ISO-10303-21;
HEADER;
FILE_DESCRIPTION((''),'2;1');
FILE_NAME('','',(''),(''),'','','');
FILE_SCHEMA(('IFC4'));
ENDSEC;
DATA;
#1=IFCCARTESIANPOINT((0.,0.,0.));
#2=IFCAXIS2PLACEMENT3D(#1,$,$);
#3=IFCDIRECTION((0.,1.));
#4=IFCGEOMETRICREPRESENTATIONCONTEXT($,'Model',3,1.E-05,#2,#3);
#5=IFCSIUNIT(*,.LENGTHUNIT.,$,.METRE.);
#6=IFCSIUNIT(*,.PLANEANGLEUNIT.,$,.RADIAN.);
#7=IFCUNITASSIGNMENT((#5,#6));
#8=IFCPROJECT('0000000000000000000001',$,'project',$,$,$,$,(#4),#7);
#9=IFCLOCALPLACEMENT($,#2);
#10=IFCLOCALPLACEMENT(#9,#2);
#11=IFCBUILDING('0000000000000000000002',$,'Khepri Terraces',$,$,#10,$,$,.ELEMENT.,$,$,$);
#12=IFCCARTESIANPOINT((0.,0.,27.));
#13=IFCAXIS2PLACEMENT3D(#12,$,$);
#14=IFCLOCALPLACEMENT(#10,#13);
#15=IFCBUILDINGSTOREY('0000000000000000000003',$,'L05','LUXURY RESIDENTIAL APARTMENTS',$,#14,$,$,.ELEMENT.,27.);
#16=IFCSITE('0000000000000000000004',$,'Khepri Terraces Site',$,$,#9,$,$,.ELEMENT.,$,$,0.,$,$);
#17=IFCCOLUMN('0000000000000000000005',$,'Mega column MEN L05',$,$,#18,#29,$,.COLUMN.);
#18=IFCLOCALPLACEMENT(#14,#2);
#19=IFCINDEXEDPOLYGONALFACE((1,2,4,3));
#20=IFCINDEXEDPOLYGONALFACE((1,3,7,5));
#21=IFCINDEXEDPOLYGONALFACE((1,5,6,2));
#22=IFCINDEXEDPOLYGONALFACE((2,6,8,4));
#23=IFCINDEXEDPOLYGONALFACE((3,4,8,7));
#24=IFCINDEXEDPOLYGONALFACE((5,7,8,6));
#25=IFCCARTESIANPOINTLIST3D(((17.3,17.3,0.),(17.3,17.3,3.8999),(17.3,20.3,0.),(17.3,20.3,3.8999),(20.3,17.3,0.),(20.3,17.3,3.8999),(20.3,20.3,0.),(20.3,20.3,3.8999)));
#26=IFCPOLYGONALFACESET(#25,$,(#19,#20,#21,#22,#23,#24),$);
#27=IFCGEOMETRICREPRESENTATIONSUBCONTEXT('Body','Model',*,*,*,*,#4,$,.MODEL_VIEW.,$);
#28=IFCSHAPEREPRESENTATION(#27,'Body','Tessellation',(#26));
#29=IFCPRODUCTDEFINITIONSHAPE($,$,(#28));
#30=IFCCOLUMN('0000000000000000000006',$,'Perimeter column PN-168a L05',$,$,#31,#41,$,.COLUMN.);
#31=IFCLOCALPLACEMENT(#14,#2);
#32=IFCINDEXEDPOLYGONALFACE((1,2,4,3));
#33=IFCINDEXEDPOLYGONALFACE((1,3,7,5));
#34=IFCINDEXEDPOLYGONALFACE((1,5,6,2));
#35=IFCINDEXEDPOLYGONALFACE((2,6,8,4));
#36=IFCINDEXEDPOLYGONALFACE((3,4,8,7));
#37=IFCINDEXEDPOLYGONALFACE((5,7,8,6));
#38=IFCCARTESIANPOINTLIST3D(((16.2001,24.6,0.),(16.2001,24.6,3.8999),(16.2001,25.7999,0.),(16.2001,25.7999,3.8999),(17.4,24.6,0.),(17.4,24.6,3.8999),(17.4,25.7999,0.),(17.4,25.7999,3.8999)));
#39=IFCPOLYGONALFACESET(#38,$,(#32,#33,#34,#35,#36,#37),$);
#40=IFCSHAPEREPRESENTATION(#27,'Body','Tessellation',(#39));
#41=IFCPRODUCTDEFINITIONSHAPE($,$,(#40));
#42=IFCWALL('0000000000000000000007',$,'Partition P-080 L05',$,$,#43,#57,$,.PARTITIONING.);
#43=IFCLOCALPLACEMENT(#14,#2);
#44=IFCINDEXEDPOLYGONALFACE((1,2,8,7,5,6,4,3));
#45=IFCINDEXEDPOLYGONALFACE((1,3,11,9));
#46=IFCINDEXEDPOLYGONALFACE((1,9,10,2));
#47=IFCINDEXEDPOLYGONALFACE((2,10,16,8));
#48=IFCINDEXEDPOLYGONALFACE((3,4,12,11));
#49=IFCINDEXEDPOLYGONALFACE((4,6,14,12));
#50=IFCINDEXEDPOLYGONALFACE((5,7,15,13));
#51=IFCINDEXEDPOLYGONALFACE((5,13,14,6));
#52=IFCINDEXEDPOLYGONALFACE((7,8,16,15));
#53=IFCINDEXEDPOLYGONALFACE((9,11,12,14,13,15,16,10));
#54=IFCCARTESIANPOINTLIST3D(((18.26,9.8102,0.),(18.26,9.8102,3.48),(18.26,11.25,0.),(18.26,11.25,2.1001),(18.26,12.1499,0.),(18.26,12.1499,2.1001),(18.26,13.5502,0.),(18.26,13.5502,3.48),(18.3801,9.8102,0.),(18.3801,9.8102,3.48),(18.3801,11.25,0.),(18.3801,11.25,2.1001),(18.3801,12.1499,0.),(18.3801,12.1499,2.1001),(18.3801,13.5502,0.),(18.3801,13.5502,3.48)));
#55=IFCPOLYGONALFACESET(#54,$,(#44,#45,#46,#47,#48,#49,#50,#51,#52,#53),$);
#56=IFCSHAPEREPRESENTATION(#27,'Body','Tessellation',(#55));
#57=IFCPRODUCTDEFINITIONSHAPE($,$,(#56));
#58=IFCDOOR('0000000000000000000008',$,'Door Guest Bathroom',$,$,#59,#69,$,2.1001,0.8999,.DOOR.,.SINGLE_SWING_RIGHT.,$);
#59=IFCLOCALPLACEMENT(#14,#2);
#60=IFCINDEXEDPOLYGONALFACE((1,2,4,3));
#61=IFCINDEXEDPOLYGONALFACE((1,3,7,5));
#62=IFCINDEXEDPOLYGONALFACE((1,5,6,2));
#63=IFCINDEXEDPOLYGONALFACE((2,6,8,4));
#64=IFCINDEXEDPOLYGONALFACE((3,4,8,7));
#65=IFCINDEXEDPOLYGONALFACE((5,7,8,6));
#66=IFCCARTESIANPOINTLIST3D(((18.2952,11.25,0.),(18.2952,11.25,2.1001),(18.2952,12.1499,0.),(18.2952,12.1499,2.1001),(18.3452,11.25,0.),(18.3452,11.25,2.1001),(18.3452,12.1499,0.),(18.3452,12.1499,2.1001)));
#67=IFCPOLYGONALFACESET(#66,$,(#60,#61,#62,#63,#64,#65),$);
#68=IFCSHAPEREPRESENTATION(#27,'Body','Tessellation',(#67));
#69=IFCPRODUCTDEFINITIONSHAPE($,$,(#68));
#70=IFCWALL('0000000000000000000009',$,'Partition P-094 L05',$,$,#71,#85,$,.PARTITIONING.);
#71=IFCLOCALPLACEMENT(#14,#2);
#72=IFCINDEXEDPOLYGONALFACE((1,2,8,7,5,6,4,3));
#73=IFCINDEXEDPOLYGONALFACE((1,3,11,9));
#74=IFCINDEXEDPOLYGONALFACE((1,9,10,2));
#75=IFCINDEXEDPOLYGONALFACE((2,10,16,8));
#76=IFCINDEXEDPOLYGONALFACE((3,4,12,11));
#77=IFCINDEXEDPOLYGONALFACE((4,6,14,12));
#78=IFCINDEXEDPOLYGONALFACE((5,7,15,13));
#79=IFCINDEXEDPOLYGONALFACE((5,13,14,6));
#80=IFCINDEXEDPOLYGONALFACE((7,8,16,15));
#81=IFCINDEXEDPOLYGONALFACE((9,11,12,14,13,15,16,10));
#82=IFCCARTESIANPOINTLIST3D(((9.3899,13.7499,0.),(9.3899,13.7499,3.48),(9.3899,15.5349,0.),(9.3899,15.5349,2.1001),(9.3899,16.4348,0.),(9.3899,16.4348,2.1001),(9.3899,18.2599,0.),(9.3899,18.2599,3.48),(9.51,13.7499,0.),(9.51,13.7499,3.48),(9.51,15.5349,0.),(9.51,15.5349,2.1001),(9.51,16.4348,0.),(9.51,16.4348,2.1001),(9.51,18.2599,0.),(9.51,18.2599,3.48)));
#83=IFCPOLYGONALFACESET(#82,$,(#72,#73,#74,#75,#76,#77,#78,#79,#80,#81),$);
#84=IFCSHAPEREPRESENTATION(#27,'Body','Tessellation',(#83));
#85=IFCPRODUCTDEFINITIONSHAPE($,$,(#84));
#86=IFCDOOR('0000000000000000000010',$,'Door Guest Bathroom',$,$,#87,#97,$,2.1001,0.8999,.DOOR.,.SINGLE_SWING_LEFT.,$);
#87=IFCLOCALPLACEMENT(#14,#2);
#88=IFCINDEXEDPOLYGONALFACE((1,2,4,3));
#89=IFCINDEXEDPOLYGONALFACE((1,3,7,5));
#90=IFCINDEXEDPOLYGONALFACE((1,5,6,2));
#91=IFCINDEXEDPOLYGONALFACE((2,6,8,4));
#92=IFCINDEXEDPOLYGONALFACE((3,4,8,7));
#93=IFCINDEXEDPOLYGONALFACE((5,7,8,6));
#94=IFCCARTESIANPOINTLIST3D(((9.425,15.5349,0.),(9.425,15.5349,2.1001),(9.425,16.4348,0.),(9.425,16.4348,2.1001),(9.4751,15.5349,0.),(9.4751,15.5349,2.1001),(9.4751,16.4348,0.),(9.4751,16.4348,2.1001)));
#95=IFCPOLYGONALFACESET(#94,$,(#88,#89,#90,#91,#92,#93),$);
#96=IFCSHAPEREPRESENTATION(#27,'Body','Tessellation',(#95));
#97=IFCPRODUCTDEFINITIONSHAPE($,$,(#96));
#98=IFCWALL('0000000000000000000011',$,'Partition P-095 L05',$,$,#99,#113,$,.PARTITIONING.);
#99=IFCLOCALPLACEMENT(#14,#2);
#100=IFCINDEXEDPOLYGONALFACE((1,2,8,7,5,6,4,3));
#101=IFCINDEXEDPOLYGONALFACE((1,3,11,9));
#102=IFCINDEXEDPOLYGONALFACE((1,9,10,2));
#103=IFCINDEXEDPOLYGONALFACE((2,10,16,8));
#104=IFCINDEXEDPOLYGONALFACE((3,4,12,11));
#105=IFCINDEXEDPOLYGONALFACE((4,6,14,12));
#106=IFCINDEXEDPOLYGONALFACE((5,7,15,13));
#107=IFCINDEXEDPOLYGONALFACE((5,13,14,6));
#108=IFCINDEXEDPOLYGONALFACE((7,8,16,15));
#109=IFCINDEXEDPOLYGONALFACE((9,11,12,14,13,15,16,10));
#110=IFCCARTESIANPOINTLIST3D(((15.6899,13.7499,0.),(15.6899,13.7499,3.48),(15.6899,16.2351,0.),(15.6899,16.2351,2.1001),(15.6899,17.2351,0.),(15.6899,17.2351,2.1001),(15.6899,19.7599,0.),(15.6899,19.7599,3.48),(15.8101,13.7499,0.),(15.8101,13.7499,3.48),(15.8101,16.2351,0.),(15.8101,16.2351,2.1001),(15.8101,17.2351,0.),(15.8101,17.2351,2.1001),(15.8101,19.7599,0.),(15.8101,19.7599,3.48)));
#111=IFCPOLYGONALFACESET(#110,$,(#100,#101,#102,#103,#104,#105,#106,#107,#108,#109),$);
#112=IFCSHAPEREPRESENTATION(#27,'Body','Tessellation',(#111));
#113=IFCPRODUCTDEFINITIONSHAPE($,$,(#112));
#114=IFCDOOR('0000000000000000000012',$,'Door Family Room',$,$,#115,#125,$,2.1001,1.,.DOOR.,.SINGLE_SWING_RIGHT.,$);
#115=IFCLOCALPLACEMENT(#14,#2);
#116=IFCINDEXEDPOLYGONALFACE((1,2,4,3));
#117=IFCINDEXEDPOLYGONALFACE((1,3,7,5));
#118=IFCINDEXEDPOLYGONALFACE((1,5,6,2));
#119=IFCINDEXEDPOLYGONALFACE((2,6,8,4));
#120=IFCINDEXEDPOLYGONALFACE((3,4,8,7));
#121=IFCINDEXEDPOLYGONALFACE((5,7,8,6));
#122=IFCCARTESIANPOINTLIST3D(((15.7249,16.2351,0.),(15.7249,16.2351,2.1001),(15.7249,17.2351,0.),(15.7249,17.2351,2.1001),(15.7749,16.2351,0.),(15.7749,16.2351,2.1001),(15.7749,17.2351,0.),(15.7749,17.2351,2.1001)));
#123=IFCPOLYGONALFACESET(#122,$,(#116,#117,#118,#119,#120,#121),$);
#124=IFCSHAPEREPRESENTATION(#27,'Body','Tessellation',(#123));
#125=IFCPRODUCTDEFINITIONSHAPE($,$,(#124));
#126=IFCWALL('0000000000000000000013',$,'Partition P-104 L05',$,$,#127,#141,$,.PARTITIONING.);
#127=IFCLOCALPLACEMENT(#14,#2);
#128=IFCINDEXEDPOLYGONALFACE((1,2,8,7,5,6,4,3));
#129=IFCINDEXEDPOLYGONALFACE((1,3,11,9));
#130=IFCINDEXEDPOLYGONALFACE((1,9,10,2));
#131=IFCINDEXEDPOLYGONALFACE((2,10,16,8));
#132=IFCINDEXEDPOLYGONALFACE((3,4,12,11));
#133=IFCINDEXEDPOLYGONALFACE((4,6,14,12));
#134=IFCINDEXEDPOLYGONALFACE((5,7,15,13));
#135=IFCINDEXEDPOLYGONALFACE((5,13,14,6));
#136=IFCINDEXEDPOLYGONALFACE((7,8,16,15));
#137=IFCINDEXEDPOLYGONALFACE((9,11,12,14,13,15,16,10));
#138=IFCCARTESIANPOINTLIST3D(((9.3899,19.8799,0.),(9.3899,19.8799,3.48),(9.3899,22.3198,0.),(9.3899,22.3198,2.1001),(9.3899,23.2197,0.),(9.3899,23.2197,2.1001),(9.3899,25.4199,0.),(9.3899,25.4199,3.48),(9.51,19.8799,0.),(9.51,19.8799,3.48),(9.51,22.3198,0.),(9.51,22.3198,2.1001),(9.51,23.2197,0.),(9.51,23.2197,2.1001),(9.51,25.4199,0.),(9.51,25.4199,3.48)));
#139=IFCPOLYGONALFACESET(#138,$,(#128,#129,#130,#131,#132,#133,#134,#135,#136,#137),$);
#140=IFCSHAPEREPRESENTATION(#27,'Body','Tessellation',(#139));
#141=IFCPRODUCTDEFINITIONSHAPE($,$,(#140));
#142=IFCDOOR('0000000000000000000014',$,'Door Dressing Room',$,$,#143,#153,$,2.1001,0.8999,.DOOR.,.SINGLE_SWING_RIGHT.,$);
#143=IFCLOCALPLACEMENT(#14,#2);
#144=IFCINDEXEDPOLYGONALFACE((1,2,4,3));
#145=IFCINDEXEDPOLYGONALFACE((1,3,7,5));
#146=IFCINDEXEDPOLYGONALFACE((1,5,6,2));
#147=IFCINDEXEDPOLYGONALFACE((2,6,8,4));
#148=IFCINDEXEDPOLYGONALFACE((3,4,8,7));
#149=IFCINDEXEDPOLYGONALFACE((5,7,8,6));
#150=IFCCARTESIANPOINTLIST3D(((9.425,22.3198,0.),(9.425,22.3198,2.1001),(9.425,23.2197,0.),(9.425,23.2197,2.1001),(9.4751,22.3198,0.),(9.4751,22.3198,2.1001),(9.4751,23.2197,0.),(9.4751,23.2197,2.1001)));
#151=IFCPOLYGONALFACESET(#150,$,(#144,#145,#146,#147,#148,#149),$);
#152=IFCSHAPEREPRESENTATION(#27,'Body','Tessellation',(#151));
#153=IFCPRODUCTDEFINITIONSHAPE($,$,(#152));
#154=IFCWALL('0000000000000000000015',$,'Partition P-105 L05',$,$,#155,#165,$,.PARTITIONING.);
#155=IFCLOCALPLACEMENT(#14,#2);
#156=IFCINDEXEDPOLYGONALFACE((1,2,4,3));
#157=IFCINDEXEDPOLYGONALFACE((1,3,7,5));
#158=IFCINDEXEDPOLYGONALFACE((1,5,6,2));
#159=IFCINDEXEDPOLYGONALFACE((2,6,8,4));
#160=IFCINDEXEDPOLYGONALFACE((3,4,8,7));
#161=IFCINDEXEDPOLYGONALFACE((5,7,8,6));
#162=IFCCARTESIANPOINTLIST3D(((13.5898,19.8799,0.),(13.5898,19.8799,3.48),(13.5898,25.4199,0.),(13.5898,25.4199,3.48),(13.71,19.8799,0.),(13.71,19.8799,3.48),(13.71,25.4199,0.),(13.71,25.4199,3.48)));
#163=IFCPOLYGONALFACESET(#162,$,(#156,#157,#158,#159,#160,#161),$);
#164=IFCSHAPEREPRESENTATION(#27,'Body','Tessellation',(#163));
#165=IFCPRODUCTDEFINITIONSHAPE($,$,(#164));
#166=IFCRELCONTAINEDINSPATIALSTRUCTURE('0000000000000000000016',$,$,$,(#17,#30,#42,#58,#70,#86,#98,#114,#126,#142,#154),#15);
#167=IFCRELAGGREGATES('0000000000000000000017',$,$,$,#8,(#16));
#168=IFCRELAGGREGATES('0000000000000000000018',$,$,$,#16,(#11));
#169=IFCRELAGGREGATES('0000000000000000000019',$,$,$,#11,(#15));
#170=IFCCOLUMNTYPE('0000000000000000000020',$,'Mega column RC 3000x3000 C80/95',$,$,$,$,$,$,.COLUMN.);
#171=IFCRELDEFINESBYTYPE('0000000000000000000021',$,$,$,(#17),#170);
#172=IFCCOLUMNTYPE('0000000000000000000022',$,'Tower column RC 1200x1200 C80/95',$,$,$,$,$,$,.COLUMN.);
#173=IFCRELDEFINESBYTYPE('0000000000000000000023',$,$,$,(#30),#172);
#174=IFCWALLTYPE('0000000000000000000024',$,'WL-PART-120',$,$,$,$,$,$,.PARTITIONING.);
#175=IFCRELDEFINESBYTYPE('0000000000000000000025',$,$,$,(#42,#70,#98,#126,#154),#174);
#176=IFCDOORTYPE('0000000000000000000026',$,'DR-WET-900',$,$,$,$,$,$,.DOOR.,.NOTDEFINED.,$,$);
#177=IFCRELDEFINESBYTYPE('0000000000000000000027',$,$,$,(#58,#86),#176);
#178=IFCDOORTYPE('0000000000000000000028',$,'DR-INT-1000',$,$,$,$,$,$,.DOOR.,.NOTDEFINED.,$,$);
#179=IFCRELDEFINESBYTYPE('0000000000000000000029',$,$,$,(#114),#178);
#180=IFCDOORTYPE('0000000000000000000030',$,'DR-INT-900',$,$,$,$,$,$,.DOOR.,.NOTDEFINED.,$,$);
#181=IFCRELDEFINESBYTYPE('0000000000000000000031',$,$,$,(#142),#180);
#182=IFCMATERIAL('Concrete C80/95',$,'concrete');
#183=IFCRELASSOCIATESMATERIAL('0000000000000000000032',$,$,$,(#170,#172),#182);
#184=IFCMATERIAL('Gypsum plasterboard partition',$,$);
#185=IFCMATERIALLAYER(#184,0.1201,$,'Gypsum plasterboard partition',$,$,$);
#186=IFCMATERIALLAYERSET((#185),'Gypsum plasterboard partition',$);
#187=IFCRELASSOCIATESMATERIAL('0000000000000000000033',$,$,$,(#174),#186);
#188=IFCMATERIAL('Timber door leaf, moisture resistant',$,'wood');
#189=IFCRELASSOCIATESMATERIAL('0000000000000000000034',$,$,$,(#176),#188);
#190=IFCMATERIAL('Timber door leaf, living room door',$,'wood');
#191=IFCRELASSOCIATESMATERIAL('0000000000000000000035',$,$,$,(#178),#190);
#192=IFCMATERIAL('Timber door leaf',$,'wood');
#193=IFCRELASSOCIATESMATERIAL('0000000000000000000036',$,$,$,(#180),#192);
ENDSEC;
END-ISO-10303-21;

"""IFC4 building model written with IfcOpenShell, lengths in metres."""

from ifc_helpers import new_model, si_unit, direction, frame, frame_2d, origin, origin_2d, place, context, subcontext, project, spatial, rectangle, extrude, material, layer, layer_set, material_profile, profile_set, type_object, element, fill, save


model = new_model("IFC4")

# Units and contexts
model_context = context("Model", 3, precision=1e-05, world=origin(), true_north=direction((0.0, 1.0)))
body_context = subcontext(model_context, "Body", "Model", "MODEL_VIEW")
ifc_project = project(units=[si_unit("LENGTHUNIT", "METRE"), si_unit("PLANEANGLEUNIT", "RADIAN")], contexts=[model_context])

# Site, building, storey
site_placement = place(None, origin())
site = spatial("IfcSite", under=ifc_project, at=site_placement, Name="Khepri Terraces Site", CompositionType="ELEMENT", RefElevation=0.0)
building_placement = place(site_placement, origin())
building = spatial("IfcBuilding", under=site, at=building_placement, Name="Khepri Terraces", CompositionType="ELEMENT")
storey_placement = place(building_placement, frame((0.0, 0.0, 27.0)))
storey = spatial("IfcBuildingStorey", under=building, at=storey_placement, Name="L05", Description="LUXURY RESIDENTIAL APARTMENTS", CompositionType="ELEMENT", Elevation=27.0)

# Columns
ifc_material_1 = material(Name="Concrete C80/95", Category="concrete")
ifc_material_profile_1 = material_profile(ifc_material_1, rectangle(XDim=3.0, YDim=3.0, at=origin_2d()), Name="Concrete C80/95", Category="concrete")
ifc_profile_set_1 = profile_set([ifc_material_profile_1], Name="Concrete C80/95")
column_type_1 = type_object("IfcColumnType", Name="Mega column RC 3000x3000 C80/95", PredefinedType="COLUMN", material=ifc_profile_set_1)
column_1_placement = place(storey_placement, frame((18.8, 18.8, 0.0), z_axis=(0.0, 0.0, 1.0), x_axis=(1.0, 0.0, 0.0)))
element("IfcColumn", 1, at=column_1_placement, inside=storey, type_object=column_type_1, Name="Mega column MEN L05", PredefinedType="COLUMN", context=body_context, shape_type="SweptSolid", body=[
    extrude(rectangle(XDim=3.0, YDim=3.0, at=origin_2d()), origin(), (0.0, 0.0, 1.0), 3.8999),
])
ifc_material_profile_2 = material_profile(ifc_material_1, rectangle(XDim=1.2, YDim=1.2, at=origin_2d()), Name="Concrete C80/95", Category="concrete")
ifc_profile_set_2 = profile_set([ifc_material_profile_2], Name="Concrete C80/95")
column_type_2 = type_object("IfcColumnType", Name="Tower column RC 1200x1200 C80/95", PredefinedType="COLUMN", material=ifc_profile_set_2)
column_2_placement = place(storey_placement, frame((16.8, 25.2, 0.0), z_axis=(0.0, 0.0, 1.0), x_axis=(1.0, 0.0, 0.0)))
element("IfcColumn", 2, at=column_2_placement, inside=storey, type_object=column_type_2, Name="Perimeter column PN-168a L05", PredefinedType="COLUMN", context=body_context, shape_type="SweptSolid", body=[
    extrude(rectangle(XDim=1.2, YDim=1.2, at=origin_2d()), origin(), (0.0, 0.0, 1.0), 3.8999),
])

# Walls, openings, doors
ifc_material_2 = material(Name="Gypsum plasterboard partition")
ifc_layer_1 = layer(ifc_material_2, 0.1201, Name="Gypsum plasterboard partition")
ifc_layer_set_1 = layer_set([ifc_layer_1], Name="Gypsum plasterboard partition")
wall_type_1 = type_object("IfcWallType", Name="WL-PART-120", PredefinedType="PARTITIONING", material=ifc_layer_set_1)
wall_1_placement = place(storey_placement, frame((18.3201, 9.8101, 0.0), z_axis=(0.0, 0.0, 1.0), x_axis=(0.0, 1.0, 0.0)))
wall_1 = element("IfcWall", 3, at=wall_1_placement, inside=storey, type_object=wall_type_1, Name="Partition P-080 L05", PredefinedType="PARTITIONING", context=body_context, shape_type="SweptSolid", body=[
    extrude(rectangle(XDim=3.74, YDim=0.1201, at=frame_2d((1.8701, 0.0))), origin(), (0.0, 0.0, 1.0), 3.48),
])
opening_1_placement = place(wall_1_placement, frame((1.4399, 0.0, 0.0)))
opening_1 = element("IfcOpeningElement", 4, at=opening_1_placement, cuts=wall_1, PredefinedType="OPENING", context=body_context, shape_type="SweptSolid", body=[
    extrude(rectangle(XDim=0.8999, YDim=2.1001, at=frame_2d((0.45, 1.05))), frame((0.0, 0.0701, 0.0), z_axis=(0.0, -1.0, 0.0), x_axis=(1.0, 0.0, 0.0)), (0.0, 0.0, 1.0), 0.1401),
])
ifc_material_3 = material(Name="Timber door leaf, moisture resistant", Category="wood")
door_type_1 = type_object("IfcDoorType", Name="DR-WET-900", OperationType="NOTDEFINED", PredefinedType="DOOR", material=ifc_material_3)
door_1_placement = place(opening_1_placement, origin())
door_1 = element("IfcDoor", 5, at=door_1_placement, inside=storey, type_object=door_type_1, Name="Door Guest Bathroom", OperationType="SINGLE_SWING_RIGHT", OverallHeight=2.1001, OverallWidth=0.8999, PredefinedType="DOOR", context=body_context, shape_type="SweptSolid", body=[
    extrude(rectangle(XDim=0.8999, YDim=2.1001, at=frame_2d((0.45, 1.05))), frame((0.0, 0.0249, 0.0), z_axis=(0.0, -1.0, 0.0), x_axis=(1.0, 0.0, 0.0)), (0.0, 0.0, 1.0), 0.05),
])
fill(opening_1, door_1)
wall_2_placement = place(storey_placement, frame((9.45, 13.75, 0.0), z_axis=(0.0, 0.0, 1.0), x_axis=(0.0, 1.0, 0.0)))
wall_2 = element("IfcWall", 6, at=wall_2_placement, inside=storey, type_object=wall_type_1, Name="Partition P-094 L05", PredefinedType="PARTITIONING", context=body_context, shape_type="SweptSolid", body=[
    extrude(rectangle(XDim=4.51, YDim=0.1201, at=frame_2d((2.2549, 0.0))), origin(), (0.0, 0.0, 1.0), 3.48),
])
opening_2_placement = place(wall_2_placement, frame((1.7849, 0.0, 0.0)))
opening_2 = element("IfcOpeningElement", 7, at=opening_2_placement, cuts=wall_2, PredefinedType="OPENING", context=body_context, shape_type="SweptSolid", body=[
    extrude(rectangle(XDim=0.8999, YDim=2.1001, at=frame_2d((0.45, 1.05))), frame((0.0, 0.0701, 0.0), z_axis=(0.0, -1.0, 0.0), x_axis=(1.0, 0.0, 0.0)), (0.0, 0.0, 1.0), 0.1401),
])
door_2_placement = place(opening_2_placement, origin())
door_2 = element("IfcDoor", 8, at=door_2_placement, inside=storey, type_object=door_type_1, Name="Door Guest Bathroom", OperationType="SINGLE_SWING_LEFT", OverallHeight=2.1001, OverallWidth=0.8999, PredefinedType="DOOR", context=body_context, shape_type="SweptSolid", body=[
    extrude(rectangle(XDim=0.8999, YDim=2.1001, at=frame_2d((0.45, 1.05))), frame((0.0, 0.0249, 0.0), z_axis=(0.0, -1.0, 0.0), x_axis=(1.0, 0.0, 0.0)), (0.0, 0.0, 1.0), 0.05),
])
fill(opening_2, door_2)
wall_3_placement = place(storey_placement, frame((15.75, 13.75, 0.0), z_axis=(0.0, 0.0, 1.0), x_axis=(0.0, 1.0, 0.0)))
wall_3 = element("IfcWall", 9, at=wall_3_placement, inside=storey, type_object=wall_type_1, Name="Partition P-095 L05", PredefinedType="PARTITIONING", context=body_context, shape_type="SweptSolid", body=[
    extrude(rectangle(XDim=6.01, YDim=0.1201, at=frame_2d((3.0049, 0.0))), origin(), (0.0, 0.0, 1.0), 3.48),
])
opening_3_placement = place(wall_3_placement, frame((2.4851, 0.0, 0.0)))
opening_3 = element("IfcOpeningElement", 10, at=opening_3_placement, cuts=wall_3, PredefinedType="OPENING", context=body_context, shape_type="SweptSolid", body=[
    extrude(rectangle(XDim=1.0, YDim=2.1001, at=frame_2d((0.5, 1.05))), frame((0.0, 0.0701, 0.0), z_axis=(0.0, -1.0, 0.0), x_axis=(1.0, 0.0, 0.0)), (0.0, 0.0, 1.0), 0.1401),
])
ifc_material_4 = material(Name="Timber door leaf, living room door", Category="wood")
door_type_2 = type_object("IfcDoorType", Name="DR-INT-1000", OperationType="NOTDEFINED", PredefinedType="DOOR", material=ifc_material_4)
door_3_placement = place(opening_3_placement, frame((1.0, 0.0, 0.0), z_axis=(0.0, 0.0, 1.0), x_axis=(-1.0, 0.0, 0.0)))
door_3 = element("IfcDoor", 11, at=door_3_placement, inside=storey, type_object=door_type_2, Name="Door Family Room", OperationType="SINGLE_SWING_RIGHT", OverallHeight=2.1001, OverallWidth=1.0, PredefinedType="DOOR", context=body_context, shape_type="SweptSolid", body=[
    extrude(rectangle(XDim=1.0, YDim=2.1001, at=frame_2d((0.5, 1.05))), frame((0.0, 0.0249, 0.0), z_axis=(0.0, -1.0, 0.0), x_axis=(1.0, 0.0, 0.0)), (0.0, 0.0, 1.0), 0.05),
])
fill(opening_3, door_3)
wall_4_placement = place(storey_placement, frame((9.45, 19.8799, 0.0), z_axis=(0.0, 0.0, 1.0), x_axis=(0.0, 1.0, 0.0)))
wall_4 = element("IfcWall", 12, at=wall_4_placement, inside=storey, type_object=wall_type_1, Name="Partition P-104 L05", PredefinedType="PARTITIONING", context=body_context, shape_type="SweptSolid", body=[
    extrude(rectangle(XDim=5.54, YDim=0.1201, at=frame_2d((2.77, 0.0))), origin(), (0.0, 0.0, 1.0), 3.48),
])
opening_4_placement = place(wall_4_placement, frame((2.4399, 0.0, 0.0)))
opening_4 = element("IfcOpeningElement", 13, at=opening_4_placement, cuts=wall_4, PredefinedType="OPENING", context=body_context, shape_type="SweptSolid", body=[
    extrude(rectangle(XDim=0.8999, YDim=2.1001, at=frame_2d((0.45, 1.05))), frame((0.0, 0.0701, 0.0), z_axis=(0.0, -1.0, 0.0), x_axis=(1.0, 0.0, 0.0)), (0.0, 0.0, 1.0), 0.1401),
])
ifc_material_5 = material(Name="Timber door leaf", Category="wood")
door_type_3 = type_object("IfcDoorType", Name="DR-INT-900", OperationType="NOTDEFINED", PredefinedType="DOOR", material=ifc_material_5)
door_4_placement = place(opening_4_placement, origin())
door_4 = element("IfcDoor", 14, at=door_4_placement, inside=storey, type_object=door_type_3, Name="Door Dressing Room", OperationType="SINGLE_SWING_RIGHT", OverallHeight=2.1001, OverallWidth=0.8999, PredefinedType="DOOR", context=body_context, shape_type="SweptSolid", body=[
    extrude(rectangle(XDim=0.8999, YDim=2.1001, at=frame_2d((0.45, 1.05))), frame((0.0, 0.0249, 0.0), z_axis=(0.0, -1.0, 0.0), x_axis=(1.0, 0.0, 0.0)), (0.0, 0.0, 1.0), 0.05),
])
fill(opening_4, door_4)

# Wall
wall_5_placement = place(storey_placement, frame((13.6499, 19.8799, 0.0), z_axis=(0.0, 0.0, 1.0), x_axis=(0.0, 1.0, 0.0)))
element("IfcWall", 15, at=wall_5_placement, inside=storey, type_object=wall_type_1, Name="Partition P-105 L05", PredefinedType="PARTITIONING", context=body_context, shape_type="SweptSolid", body=[
    extrude(rectangle(XDim=5.54, YDim=0.1201, at=frame_2d((2.77, 0.0))), origin(), (0.0, 0.0, 1.0), 3.48),
])

save(model, "model.ifc")
